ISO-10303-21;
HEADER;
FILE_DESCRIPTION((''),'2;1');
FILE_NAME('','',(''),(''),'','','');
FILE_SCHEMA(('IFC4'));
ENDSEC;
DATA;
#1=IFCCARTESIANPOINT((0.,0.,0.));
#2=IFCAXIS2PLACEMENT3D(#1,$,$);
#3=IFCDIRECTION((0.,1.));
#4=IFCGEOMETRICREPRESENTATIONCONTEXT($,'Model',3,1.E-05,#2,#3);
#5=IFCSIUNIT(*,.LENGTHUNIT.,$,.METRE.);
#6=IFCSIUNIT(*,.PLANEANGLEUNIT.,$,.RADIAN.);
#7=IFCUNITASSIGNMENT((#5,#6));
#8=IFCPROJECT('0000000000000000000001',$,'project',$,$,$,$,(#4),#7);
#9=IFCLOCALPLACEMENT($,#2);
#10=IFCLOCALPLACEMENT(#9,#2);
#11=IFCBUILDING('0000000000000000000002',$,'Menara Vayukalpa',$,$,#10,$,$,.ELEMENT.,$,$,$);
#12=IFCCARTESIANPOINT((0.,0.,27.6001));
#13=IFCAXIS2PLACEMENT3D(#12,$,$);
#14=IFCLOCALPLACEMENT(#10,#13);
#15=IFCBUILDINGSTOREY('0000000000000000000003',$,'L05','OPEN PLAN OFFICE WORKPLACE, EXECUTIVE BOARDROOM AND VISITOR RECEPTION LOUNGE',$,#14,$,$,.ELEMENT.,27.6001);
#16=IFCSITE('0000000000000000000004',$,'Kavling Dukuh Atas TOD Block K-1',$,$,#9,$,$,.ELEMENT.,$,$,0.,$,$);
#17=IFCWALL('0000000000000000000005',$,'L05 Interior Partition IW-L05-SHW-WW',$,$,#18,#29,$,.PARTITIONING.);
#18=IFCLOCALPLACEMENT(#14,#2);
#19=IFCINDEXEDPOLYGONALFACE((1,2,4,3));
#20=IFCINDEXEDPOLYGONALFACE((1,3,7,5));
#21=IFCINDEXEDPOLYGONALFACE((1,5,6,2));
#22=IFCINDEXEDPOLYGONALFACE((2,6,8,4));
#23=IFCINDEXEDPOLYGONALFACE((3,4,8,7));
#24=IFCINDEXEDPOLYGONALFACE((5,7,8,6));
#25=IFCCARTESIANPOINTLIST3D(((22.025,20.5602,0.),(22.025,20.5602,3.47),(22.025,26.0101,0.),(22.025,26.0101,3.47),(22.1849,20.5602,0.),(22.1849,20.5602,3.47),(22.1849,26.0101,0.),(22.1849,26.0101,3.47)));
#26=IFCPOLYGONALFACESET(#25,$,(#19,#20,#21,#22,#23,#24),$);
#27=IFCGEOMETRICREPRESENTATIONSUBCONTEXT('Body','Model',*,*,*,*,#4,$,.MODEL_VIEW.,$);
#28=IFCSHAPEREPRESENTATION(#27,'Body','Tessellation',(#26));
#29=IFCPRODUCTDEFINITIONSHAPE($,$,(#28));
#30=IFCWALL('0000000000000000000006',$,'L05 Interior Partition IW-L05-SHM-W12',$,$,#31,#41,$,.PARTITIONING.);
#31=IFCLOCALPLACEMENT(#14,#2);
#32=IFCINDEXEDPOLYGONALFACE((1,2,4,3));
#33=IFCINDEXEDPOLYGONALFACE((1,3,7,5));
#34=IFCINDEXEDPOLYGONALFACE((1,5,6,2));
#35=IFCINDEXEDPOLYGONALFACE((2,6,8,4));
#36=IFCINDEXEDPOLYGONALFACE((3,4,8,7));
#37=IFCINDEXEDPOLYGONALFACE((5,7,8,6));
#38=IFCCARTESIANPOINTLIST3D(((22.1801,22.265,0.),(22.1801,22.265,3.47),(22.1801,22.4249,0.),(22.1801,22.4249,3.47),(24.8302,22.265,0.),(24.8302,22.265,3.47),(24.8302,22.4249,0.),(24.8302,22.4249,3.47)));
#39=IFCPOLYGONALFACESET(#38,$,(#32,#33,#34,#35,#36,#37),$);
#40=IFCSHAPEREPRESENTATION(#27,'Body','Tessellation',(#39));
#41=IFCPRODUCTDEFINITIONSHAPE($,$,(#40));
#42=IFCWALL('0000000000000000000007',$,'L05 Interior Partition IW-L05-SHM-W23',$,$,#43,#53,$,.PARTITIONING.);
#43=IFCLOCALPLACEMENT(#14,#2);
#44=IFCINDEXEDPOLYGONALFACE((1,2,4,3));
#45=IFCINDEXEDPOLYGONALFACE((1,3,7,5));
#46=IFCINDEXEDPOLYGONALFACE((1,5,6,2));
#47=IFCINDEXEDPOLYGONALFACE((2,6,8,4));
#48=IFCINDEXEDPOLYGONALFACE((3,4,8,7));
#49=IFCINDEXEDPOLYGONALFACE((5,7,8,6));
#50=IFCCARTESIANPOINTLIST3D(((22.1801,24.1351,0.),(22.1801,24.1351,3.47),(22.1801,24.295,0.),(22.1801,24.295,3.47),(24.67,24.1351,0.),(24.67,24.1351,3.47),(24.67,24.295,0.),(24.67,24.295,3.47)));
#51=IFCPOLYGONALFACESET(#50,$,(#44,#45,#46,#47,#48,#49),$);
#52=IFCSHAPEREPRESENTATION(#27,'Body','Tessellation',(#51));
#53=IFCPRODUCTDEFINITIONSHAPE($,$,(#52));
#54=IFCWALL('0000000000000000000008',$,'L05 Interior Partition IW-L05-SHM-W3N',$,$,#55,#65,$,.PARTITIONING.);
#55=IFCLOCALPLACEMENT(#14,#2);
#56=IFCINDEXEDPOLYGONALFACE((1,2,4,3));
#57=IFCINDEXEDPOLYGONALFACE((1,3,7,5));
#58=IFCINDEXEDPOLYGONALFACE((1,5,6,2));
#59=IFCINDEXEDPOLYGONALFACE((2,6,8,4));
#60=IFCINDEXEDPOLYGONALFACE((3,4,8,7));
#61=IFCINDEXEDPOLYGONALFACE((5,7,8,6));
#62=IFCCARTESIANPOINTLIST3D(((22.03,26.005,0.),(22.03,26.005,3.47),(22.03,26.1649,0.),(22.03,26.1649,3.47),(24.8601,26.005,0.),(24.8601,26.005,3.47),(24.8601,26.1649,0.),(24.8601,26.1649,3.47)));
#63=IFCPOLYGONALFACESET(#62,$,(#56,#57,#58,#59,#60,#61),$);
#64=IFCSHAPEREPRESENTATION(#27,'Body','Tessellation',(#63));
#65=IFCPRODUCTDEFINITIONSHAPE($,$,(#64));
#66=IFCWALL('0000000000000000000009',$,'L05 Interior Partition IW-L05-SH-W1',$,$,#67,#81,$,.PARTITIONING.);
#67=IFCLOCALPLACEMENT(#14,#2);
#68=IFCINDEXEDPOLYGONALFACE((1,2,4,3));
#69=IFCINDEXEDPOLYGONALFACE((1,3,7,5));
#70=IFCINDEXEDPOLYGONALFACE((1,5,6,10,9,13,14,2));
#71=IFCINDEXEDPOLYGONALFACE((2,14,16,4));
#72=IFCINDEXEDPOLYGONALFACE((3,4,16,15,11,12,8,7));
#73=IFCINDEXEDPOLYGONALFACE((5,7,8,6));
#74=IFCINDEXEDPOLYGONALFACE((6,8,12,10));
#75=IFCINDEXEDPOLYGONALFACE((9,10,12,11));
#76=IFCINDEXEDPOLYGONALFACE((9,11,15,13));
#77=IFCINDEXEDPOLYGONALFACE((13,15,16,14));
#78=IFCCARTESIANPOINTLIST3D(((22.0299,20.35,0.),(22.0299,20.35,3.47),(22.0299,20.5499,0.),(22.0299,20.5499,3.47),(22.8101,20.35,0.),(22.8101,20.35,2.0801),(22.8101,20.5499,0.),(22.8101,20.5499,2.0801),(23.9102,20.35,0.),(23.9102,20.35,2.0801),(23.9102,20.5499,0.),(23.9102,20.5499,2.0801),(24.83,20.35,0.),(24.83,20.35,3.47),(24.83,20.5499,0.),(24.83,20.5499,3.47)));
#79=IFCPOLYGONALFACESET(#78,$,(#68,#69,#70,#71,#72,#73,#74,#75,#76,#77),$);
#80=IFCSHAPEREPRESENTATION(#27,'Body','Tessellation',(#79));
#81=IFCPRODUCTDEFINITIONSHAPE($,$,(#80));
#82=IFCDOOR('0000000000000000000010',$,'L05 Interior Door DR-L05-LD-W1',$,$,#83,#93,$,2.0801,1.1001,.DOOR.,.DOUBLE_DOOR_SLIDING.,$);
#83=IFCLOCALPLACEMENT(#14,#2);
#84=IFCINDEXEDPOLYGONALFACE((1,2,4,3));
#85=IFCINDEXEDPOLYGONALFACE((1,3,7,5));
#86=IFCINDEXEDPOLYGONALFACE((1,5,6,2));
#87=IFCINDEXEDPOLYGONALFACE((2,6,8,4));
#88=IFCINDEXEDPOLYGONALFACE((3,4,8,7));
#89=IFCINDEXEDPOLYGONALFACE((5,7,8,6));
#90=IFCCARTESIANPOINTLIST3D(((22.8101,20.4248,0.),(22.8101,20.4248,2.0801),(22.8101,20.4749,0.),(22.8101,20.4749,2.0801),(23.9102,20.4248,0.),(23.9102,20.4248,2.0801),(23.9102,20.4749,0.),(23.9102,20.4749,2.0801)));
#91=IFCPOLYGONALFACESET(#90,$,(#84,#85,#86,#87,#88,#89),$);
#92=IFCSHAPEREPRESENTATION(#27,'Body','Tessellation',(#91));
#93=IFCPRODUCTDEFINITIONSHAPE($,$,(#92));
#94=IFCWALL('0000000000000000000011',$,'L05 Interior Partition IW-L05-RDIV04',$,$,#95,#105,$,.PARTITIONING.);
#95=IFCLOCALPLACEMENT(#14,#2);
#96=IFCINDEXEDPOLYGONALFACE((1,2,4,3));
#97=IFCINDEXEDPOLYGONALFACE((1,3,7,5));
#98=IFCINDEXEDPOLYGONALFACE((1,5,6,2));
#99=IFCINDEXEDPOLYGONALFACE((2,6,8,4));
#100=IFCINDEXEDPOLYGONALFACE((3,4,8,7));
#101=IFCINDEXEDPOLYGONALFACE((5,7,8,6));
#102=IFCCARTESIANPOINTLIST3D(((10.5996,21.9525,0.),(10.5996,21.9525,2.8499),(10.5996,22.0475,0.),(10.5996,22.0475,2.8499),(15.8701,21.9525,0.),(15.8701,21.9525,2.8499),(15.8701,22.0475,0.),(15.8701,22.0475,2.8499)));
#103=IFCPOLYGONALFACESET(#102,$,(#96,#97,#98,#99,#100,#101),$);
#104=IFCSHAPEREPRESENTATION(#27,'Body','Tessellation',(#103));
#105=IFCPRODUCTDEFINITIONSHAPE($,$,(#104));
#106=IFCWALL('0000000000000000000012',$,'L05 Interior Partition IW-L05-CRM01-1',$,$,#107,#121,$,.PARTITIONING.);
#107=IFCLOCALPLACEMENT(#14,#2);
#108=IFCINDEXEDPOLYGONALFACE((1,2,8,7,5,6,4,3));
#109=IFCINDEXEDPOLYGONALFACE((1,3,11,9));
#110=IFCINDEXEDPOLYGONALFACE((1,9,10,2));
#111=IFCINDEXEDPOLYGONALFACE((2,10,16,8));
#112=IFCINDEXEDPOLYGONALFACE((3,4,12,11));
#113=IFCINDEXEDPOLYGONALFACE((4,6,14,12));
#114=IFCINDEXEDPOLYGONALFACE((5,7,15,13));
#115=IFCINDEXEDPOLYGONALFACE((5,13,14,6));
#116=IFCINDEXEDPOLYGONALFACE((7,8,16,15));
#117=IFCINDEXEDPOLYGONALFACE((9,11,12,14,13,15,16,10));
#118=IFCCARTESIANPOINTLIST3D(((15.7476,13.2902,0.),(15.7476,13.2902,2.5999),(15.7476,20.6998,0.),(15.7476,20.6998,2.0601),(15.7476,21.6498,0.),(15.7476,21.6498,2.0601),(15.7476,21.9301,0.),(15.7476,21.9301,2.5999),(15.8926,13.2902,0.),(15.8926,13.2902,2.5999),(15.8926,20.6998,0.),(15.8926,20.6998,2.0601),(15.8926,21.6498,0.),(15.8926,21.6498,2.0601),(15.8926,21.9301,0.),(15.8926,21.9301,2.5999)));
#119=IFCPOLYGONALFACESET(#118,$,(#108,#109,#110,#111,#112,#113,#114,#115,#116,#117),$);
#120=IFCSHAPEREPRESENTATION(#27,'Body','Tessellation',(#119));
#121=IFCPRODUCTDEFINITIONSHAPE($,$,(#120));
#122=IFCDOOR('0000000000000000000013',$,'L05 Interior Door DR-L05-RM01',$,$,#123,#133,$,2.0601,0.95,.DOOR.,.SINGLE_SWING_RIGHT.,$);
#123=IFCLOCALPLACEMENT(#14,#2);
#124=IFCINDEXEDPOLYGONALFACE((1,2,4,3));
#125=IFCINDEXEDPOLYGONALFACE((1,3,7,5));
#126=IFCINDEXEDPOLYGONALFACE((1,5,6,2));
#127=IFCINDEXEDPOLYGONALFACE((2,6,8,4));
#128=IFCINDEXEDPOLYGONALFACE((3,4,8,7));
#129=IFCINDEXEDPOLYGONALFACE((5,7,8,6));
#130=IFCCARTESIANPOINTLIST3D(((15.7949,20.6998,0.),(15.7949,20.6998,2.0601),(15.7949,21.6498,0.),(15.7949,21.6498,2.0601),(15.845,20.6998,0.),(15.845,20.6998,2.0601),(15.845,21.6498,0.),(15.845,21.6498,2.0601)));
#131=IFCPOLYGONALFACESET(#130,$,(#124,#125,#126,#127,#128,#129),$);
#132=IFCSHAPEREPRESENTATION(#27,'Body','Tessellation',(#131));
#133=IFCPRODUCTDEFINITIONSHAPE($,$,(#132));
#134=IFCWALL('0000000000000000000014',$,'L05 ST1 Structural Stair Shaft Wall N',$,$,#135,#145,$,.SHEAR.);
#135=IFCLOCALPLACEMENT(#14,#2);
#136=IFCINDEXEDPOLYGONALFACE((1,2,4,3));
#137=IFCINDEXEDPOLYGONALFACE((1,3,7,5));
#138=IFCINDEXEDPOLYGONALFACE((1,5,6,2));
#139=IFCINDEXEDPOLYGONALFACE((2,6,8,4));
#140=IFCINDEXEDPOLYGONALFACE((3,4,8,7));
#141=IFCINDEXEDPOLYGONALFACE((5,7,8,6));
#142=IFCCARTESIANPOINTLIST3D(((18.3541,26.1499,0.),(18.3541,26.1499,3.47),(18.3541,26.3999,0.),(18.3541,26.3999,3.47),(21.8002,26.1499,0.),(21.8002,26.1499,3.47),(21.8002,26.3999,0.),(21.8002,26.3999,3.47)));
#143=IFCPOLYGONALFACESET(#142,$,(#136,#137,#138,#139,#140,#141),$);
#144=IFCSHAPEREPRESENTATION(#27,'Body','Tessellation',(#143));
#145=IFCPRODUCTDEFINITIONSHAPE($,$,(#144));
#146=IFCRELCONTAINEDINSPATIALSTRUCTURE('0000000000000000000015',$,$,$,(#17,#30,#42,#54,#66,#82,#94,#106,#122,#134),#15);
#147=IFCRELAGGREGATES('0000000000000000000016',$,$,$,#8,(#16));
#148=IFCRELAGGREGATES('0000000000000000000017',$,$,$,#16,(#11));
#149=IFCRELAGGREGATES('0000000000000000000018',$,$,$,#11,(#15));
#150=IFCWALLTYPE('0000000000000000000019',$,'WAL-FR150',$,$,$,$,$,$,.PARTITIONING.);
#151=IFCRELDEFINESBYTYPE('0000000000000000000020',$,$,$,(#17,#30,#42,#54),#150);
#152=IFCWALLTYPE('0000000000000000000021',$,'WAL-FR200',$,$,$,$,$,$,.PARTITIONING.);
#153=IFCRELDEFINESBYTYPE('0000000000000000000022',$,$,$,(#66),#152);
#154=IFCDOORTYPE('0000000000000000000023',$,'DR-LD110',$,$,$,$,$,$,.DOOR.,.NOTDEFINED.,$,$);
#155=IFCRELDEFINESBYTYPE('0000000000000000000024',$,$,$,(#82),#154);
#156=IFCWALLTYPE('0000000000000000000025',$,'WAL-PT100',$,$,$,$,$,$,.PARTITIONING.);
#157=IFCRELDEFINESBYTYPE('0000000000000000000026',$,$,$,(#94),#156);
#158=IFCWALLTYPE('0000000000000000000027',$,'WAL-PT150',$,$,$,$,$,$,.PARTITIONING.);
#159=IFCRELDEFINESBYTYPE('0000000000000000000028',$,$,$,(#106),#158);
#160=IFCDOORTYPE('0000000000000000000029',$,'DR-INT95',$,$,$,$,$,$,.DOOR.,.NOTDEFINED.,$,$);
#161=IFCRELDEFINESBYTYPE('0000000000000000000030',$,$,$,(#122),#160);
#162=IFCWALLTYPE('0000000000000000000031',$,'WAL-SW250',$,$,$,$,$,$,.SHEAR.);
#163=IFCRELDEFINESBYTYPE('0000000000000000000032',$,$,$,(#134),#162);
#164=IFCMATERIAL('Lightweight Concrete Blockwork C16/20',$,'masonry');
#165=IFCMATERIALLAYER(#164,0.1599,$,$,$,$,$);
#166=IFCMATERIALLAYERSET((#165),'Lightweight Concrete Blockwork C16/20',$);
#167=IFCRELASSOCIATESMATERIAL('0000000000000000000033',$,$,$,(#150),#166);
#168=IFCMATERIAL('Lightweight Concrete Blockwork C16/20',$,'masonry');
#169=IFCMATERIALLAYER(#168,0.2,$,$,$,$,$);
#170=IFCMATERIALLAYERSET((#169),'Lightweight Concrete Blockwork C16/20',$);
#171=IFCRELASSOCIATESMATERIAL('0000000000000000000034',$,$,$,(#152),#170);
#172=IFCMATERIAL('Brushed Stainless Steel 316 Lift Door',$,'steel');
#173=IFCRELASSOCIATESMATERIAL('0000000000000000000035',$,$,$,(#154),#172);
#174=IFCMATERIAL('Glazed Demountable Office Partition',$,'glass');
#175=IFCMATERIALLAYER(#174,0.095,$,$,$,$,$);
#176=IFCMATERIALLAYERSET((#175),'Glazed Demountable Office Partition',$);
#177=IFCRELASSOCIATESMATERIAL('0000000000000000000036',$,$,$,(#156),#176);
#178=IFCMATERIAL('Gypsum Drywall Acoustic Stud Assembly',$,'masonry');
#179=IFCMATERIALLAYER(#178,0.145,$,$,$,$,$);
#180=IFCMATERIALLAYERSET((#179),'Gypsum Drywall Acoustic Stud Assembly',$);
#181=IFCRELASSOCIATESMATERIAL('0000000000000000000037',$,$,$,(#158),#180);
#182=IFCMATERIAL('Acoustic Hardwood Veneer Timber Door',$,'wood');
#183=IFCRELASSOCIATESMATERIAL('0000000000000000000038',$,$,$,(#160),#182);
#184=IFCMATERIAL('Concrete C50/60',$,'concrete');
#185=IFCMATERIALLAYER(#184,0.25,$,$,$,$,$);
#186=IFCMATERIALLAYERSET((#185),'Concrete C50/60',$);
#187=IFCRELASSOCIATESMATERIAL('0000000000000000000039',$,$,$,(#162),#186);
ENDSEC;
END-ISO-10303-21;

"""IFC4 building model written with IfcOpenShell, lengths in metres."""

from ifc_helpers import new_model, si_unit, direction, frame, frame_2d, origin, place, context, subcontext, project, spatial, rectangle, extrude, material, layer, layer_set, type_object, element, fill, save


model = new_model("IFC4")

# Units and contexts
model_context = context("Model", 3, precision=1e-05, world=origin(), true_north=direction((0.0, 1.0)))
body_context = subcontext(model_context, "Body", "Model", "MODEL_VIEW")
ifc_project = project(units=[si_unit("LENGTHUNIT", "METRE"), si_unit("PLANEANGLEUNIT", "RADIAN")], contexts=[model_context])

# Site, building, storey
site_placement = place(None, origin())
site = spatial("IfcSite", under=ifc_project, at=site_placement, Name="Kavling Dukuh Atas TOD Block K-1", CompositionType="ELEMENT", RefElevation=0.0)
building_placement = place(site_placement, origin())
building = spatial("IfcBuilding", under=site, at=building_placement, Name="Menara Vayukalpa", CompositionType="ELEMENT")
storey_placement = place(building_placement, frame((0.0, 0.0, 27.6001)))
storey = spatial("IfcBuildingStorey", under=building, at=storey_placement, Name="L05", Description="OPEN PLAN OFFICE WORKPLACE, EXECUTIVE BOARDROOM AND VISITOR RECEPTION LOUNGE", CompositionType="ELEMENT", Elevation=27.6001)

# Walls
ifc_material_1 = material(Name="Lightweight Concrete Blockwork C16/20", Category="masonry")
ifc_layer_1 = layer(ifc_material_1, 0.1599)
ifc_layer_set_1 = layer_set([ifc_layer_1], Name="Lightweight Concrete Blockwork C16/20")
wall_type_1 = type_object("IfcWallType", Name="WAL-FR150", PredefinedType="PARTITIONING", material=ifc_layer_set_1)
wall_1_placement = place(storey_placement, frame((22.105, 20.5601, 0.0), z_axis=(0.0, 0.0, 1.0), x_axis=(0.0, 1.0, 0.0)))
element("IfcWall", 1, at=wall_1_placement, inside=storey, type_object=wall_type_1, Name="L05 Interior Partition IW-L05-SHW-WW", PredefinedType="PARTITIONING", context=body_context, shape_type="SweptSolid", body=[
    extrude(rectangle(XDim=5.45, YDim=0.1599, at=frame_2d((2.7251, 0.0))), origin(), (0.0, 0.0, 1.0), 3.47),
])
wall_2_placement = place(storey_placement, frame((22.1799, 22.345, 0.0), z_axis=(0.0, 0.0, 1.0), x_axis=(1.0, 0.0, 0.0)))
element("IfcWall", 2, at=wall_2_placement, inside=storey, type_object=wall_type_1, Name="L05 Interior Partition IW-L05-SHM-W12", PredefinedType="PARTITIONING", context=body_context, shape_type="SweptSolid", body=[
    extrude(rectangle(XDim=2.6501, YDim=0.1599, at=frame_2d((1.3252, 0.0))), origin(), (0.0, 0.0, 1.0), 3.47),
])
wall_3_placement = place(storey_placement, frame((22.1799, 24.2151, 0.0), z_axis=(0.0, 0.0, 1.0), x_axis=(1.0, 0.0, 0.0)))
element("IfcWall", 3, at=wall_3_placement, inside=storey, type_object=wall_type_1, Name="L05 Interior Partition IW-L05-SHM-W23", PredefinedType="PARTITIONING", context=body_context, shape_type="SweptSolid", body=[
    extrude(rectangle(XDim=2.49, YDim=0.1599, at=frame_2d((1.2451, 0.0))), origin(), (0.0, 0.0, 1.0), 3.47),
])
wall_4_placement = place(storey_placement, frame((22.03, 26.085, 0.0), z_axis=(0.0, 0.0, 1.0), x_axis=(1.0, 0.0, 0.0)))
element("IfcWall", 4, at=wall_4_placement, inside=storey, type_object=wall_type_1, Name="L05 Interior Partition IW-L05-SHM-W3N", PredefinedType="PARTITIONING", context=body_context, shape_type="SweptSolid", body=[
    extrude(rectangle(XDim=2.8301, YDim=0.1599, at=frame_2d((1.415, 0.0))), origin(), (0.0, 0.0, 1.0), 3.47),
])

# Wall, opening, door
ifc_material_2 = material(Name="Lightweight Concrete Blockwork C16/20", Category="masonry")
ifc_layer_2 = layer(ifc_material_2, 0.2)
ifc_layer_set_2 = layer_set([ifc_layer_2], Name="Lightweight Concrete Blockwork C16/20")
wall_type_2 = type_object("IfcWallType", Name="WAL-FR200", PredefinedType="PARTITIONING", material=ifc_layer_set_2)
wall_5_placement = place(storey_placement, frame((22.03, 20.45, 0.0), z_axis=(0.0, 0.0, 1.0), x_axis=(1.0, 0.0, 0.0)))
wall_5 = element("IfcWall", 5, at=wall_5_placement, inside=storey, type_object=wall_type_2, Name="L05 Interior Partition IW-L05-SH-W1", PredefinedType="PARTITIONING", context=body_context, shape_type="SweptSolid", body=[
    extrude(rectangle(XDim=2.8, YDim=0.2, at=frame_2d((1.3999, 0.0))), origin(), (0.0, 0.0, 1.0), 3.47),
])
opening_1_placement = place(wall_5_placement, frame((0.78, 0.0, 0.0)))
opening_1 = element("IfcOpeningElement", 6, at=opening_1_placement, cuts=wall_5, PredefinedType="OPENING", context=body_context, shape_type="SweptSolid", body=[
    extrude(rectangle(XDim=1.1001, YDim=2.0801, at=frame_2d((0.55, 1.04))), frame((0.0, 0.1099, 0.0), z_axis=(0.0, -1.0, 0.0), x_axis=(1.0, 0.0, 0.0)), (0.0, 0.0, 1.0), 0.22),
])
ifc_material_3 = material(Name="Brushed Stainless Steel 316 Lift Door", Category="steel")
door_type_1 = type_object("IfcDoorType", Name="DR-LD110", OperationType="NOTDEFINED", PredefinedType="DOOR", material=ifc_material_3)
door_1_placement = place(opening_1_placement, origin())
door_1 = element("IfcDoor", 7, at=door_1_placement, inside=storey, type_object=door_type_1, Name="L05 Interior Door DR-L05-LD-W1", OperationType="DOUBLE_DOOR_SLIDING", OverallHeight=2.0801, OverallWidth=1.1001, PredefinedType="DOOR", context=body_context, shape_type="SweptSolid", body=[
    extrude(rectangle(XDim=1.1001, YDim=2.0801, at=frame_2d((0.55, 1.04))), frame((0.0, 0.0249, 0.0), z_axis=(0.0, -1.0, 0.0), x_axis=(1.0, 0.0, 0.0)), (0.0, 0.0, 1.0), 0.05),
])
fill(opening_1, door_1)

# Wall
ifc_material_4 = material(Name="Glazed Demountable Office Partition", Category="glass")
ifc_layer_3 = layer(ifc_material_4, 0.095)
ifc_layer_set_3 = layer_set([ifc_layer_3], Name="Glazed Demountable Office Partition")
wall_type_3 = type_object("IfcWallType", Name="WAL-PT100", PredefinedType="PARTITIONING", material=ifc_layer_set_3)
wall_6_placement = place(storey_placement, frame((15.8701, 22.0, 0.0), z_axis=(0.0, 0.0, 1.0), x_axis=(-1.0, 0.0, 0.0)))
element("IfcWall", 8, at=wall_6_placement, inside=storey, type_object=wall_type_3, Name="L05 Interior Partition IW-L05-RDIV04", PredefinedType="PARTITIONING", context=body_context, shape_type="SweptSolid", body=[
    extrude(rectangle(XDim=5.2705, YDim=0.095, at=frame_2d((2.6353, 0.0))), origin(), (0.0, 0.0, 1.0), 2.8499),
])

# Wall, opening, door
ifc_material_5 = material(Name="Gypsum Drywall Acoustic Stud Assembly", Category="masonry")
ifc_layer_4 = layer(ifc_material_5, 0.145)
ifc_layer_set_4 = layer_set([ifc_layer_4], Name="Gypsum Drywall Acoustic Stud Assembly")
wall_type_4 = type_object("IfcWallType", Name="WAL-PT150", PredefinedType="PARTITIONING", material=ifc_layer_set_4)
wall_7_placement = place(storey_placement, frame((15.8201, 21.9299, 0.0), z_axis=(0.0, 0.0, 1.0), x_axis=(0.0, -1.0, 0.0)))
wall_7 = element("IfcWall", 9, at=wall_7_placement, inside=storey, type_object=wall_type_4, Name="L05 Interior Partition IW-L05-CRM01-1", PredefinedType="PARTITIONING", context=body_context, shape_type="SweptSolid", body=[
    extrude(rectangle(XDim=8.6399, YDim=0.145, at=frame_2d((4.3198, 0.0))), origin(), (0.0, 0.0, 1.0), 2.5999),
])
opening_2_placement = place(wall_7_placement, frame((0.28, 0.0, 0.0)))
opening_2 = element("IfcOpeningElement", 10, at=opening_2_placement, cuts=wall_7, PredefinedType="OPENING", context=body_context, shape_type="SweptSolid", body=[
    extrude(rectangle(XDim=0.95, YDim=2.0601, at=frame_2d((0.4751, 1.03))), frame((0.0, 0.0825, 0.0), z_axis=(0.0, -1.0, 0.0), x_axis=(1.0, 0.0, 0.0)), (0.0, 0.0, 1.0), 0.165),
])
ifc_material_6 = material(Name="Acoustic Hardwood Veneer Timber Door", Category="wood")
door_type_2 = type_object("IfcDoorType", Name="DR-INT95", OperationType="NOTDEFINED", PredefinedType="DOOR", material=ifc_material_6)
door_2_placement = place(opening_2_placement, origin())
door_2 = element("IfcDoor", 11, at=door_2_placement, inside=storey, type_object=door_type_2, Name="L05 Interior Door DR-L05-RM01", OperationType="SINGLE_SWING_RIGHT", OverallHeight=2.0601, OverallWidth=0.95, PredefinedType="DOOR", context=body_context, shape_type="SweptSolid", body=[
    extrude(rectangle(XDim=0.95, YDim=2.0601, at=frame_2d((0.4751, 1.03))), frame((0.0, 0.0249, 0.0), z_axis=(0.0, -1.0, 0.0), x_axis=(1.0, 0.0, 0.0)), (0.0, 0.0, 1.0), 0.05),
])
fill(opening_2, door_2)

# Wall
ifc_material_7 = material(Name="Concrete C50/60", Category="concrete")
ifc_layer_5 = layer(ifc_material_7, 0.25)
ifc_layer_set_5 = layer_set([ifc_layer_5], Name="Concrete C50/60")
wall_type_5 = type_object("IfcWallType", Name="WAL-SW250", PredefinedType="SHEAR", material=ifc_layer_set_5)
wall_8_placement = place(storey_placement, frame((18.354, 26.2749, 0.0), z_axis=(0.0, 0.0, 1.0), x_axis=(1.0, 0.0, 0.0)))
element("IfcWall", 12, at=wall_8_placement, inside=storey, type_object=wall_type_5, Name="L05 ST1 Structural Stair Shaft Wall N", PredefinedType="SHEAR", context=body_context, shape_type="SweptSolid", body=[
    extrude(rectangle(XDim=3.446, YDim=0.25, at=frame_2d((1.7231, 0.0))), origin(), (0.0, 0.0, 1.0), 3.47),
])

save(model, "model.ifc")
